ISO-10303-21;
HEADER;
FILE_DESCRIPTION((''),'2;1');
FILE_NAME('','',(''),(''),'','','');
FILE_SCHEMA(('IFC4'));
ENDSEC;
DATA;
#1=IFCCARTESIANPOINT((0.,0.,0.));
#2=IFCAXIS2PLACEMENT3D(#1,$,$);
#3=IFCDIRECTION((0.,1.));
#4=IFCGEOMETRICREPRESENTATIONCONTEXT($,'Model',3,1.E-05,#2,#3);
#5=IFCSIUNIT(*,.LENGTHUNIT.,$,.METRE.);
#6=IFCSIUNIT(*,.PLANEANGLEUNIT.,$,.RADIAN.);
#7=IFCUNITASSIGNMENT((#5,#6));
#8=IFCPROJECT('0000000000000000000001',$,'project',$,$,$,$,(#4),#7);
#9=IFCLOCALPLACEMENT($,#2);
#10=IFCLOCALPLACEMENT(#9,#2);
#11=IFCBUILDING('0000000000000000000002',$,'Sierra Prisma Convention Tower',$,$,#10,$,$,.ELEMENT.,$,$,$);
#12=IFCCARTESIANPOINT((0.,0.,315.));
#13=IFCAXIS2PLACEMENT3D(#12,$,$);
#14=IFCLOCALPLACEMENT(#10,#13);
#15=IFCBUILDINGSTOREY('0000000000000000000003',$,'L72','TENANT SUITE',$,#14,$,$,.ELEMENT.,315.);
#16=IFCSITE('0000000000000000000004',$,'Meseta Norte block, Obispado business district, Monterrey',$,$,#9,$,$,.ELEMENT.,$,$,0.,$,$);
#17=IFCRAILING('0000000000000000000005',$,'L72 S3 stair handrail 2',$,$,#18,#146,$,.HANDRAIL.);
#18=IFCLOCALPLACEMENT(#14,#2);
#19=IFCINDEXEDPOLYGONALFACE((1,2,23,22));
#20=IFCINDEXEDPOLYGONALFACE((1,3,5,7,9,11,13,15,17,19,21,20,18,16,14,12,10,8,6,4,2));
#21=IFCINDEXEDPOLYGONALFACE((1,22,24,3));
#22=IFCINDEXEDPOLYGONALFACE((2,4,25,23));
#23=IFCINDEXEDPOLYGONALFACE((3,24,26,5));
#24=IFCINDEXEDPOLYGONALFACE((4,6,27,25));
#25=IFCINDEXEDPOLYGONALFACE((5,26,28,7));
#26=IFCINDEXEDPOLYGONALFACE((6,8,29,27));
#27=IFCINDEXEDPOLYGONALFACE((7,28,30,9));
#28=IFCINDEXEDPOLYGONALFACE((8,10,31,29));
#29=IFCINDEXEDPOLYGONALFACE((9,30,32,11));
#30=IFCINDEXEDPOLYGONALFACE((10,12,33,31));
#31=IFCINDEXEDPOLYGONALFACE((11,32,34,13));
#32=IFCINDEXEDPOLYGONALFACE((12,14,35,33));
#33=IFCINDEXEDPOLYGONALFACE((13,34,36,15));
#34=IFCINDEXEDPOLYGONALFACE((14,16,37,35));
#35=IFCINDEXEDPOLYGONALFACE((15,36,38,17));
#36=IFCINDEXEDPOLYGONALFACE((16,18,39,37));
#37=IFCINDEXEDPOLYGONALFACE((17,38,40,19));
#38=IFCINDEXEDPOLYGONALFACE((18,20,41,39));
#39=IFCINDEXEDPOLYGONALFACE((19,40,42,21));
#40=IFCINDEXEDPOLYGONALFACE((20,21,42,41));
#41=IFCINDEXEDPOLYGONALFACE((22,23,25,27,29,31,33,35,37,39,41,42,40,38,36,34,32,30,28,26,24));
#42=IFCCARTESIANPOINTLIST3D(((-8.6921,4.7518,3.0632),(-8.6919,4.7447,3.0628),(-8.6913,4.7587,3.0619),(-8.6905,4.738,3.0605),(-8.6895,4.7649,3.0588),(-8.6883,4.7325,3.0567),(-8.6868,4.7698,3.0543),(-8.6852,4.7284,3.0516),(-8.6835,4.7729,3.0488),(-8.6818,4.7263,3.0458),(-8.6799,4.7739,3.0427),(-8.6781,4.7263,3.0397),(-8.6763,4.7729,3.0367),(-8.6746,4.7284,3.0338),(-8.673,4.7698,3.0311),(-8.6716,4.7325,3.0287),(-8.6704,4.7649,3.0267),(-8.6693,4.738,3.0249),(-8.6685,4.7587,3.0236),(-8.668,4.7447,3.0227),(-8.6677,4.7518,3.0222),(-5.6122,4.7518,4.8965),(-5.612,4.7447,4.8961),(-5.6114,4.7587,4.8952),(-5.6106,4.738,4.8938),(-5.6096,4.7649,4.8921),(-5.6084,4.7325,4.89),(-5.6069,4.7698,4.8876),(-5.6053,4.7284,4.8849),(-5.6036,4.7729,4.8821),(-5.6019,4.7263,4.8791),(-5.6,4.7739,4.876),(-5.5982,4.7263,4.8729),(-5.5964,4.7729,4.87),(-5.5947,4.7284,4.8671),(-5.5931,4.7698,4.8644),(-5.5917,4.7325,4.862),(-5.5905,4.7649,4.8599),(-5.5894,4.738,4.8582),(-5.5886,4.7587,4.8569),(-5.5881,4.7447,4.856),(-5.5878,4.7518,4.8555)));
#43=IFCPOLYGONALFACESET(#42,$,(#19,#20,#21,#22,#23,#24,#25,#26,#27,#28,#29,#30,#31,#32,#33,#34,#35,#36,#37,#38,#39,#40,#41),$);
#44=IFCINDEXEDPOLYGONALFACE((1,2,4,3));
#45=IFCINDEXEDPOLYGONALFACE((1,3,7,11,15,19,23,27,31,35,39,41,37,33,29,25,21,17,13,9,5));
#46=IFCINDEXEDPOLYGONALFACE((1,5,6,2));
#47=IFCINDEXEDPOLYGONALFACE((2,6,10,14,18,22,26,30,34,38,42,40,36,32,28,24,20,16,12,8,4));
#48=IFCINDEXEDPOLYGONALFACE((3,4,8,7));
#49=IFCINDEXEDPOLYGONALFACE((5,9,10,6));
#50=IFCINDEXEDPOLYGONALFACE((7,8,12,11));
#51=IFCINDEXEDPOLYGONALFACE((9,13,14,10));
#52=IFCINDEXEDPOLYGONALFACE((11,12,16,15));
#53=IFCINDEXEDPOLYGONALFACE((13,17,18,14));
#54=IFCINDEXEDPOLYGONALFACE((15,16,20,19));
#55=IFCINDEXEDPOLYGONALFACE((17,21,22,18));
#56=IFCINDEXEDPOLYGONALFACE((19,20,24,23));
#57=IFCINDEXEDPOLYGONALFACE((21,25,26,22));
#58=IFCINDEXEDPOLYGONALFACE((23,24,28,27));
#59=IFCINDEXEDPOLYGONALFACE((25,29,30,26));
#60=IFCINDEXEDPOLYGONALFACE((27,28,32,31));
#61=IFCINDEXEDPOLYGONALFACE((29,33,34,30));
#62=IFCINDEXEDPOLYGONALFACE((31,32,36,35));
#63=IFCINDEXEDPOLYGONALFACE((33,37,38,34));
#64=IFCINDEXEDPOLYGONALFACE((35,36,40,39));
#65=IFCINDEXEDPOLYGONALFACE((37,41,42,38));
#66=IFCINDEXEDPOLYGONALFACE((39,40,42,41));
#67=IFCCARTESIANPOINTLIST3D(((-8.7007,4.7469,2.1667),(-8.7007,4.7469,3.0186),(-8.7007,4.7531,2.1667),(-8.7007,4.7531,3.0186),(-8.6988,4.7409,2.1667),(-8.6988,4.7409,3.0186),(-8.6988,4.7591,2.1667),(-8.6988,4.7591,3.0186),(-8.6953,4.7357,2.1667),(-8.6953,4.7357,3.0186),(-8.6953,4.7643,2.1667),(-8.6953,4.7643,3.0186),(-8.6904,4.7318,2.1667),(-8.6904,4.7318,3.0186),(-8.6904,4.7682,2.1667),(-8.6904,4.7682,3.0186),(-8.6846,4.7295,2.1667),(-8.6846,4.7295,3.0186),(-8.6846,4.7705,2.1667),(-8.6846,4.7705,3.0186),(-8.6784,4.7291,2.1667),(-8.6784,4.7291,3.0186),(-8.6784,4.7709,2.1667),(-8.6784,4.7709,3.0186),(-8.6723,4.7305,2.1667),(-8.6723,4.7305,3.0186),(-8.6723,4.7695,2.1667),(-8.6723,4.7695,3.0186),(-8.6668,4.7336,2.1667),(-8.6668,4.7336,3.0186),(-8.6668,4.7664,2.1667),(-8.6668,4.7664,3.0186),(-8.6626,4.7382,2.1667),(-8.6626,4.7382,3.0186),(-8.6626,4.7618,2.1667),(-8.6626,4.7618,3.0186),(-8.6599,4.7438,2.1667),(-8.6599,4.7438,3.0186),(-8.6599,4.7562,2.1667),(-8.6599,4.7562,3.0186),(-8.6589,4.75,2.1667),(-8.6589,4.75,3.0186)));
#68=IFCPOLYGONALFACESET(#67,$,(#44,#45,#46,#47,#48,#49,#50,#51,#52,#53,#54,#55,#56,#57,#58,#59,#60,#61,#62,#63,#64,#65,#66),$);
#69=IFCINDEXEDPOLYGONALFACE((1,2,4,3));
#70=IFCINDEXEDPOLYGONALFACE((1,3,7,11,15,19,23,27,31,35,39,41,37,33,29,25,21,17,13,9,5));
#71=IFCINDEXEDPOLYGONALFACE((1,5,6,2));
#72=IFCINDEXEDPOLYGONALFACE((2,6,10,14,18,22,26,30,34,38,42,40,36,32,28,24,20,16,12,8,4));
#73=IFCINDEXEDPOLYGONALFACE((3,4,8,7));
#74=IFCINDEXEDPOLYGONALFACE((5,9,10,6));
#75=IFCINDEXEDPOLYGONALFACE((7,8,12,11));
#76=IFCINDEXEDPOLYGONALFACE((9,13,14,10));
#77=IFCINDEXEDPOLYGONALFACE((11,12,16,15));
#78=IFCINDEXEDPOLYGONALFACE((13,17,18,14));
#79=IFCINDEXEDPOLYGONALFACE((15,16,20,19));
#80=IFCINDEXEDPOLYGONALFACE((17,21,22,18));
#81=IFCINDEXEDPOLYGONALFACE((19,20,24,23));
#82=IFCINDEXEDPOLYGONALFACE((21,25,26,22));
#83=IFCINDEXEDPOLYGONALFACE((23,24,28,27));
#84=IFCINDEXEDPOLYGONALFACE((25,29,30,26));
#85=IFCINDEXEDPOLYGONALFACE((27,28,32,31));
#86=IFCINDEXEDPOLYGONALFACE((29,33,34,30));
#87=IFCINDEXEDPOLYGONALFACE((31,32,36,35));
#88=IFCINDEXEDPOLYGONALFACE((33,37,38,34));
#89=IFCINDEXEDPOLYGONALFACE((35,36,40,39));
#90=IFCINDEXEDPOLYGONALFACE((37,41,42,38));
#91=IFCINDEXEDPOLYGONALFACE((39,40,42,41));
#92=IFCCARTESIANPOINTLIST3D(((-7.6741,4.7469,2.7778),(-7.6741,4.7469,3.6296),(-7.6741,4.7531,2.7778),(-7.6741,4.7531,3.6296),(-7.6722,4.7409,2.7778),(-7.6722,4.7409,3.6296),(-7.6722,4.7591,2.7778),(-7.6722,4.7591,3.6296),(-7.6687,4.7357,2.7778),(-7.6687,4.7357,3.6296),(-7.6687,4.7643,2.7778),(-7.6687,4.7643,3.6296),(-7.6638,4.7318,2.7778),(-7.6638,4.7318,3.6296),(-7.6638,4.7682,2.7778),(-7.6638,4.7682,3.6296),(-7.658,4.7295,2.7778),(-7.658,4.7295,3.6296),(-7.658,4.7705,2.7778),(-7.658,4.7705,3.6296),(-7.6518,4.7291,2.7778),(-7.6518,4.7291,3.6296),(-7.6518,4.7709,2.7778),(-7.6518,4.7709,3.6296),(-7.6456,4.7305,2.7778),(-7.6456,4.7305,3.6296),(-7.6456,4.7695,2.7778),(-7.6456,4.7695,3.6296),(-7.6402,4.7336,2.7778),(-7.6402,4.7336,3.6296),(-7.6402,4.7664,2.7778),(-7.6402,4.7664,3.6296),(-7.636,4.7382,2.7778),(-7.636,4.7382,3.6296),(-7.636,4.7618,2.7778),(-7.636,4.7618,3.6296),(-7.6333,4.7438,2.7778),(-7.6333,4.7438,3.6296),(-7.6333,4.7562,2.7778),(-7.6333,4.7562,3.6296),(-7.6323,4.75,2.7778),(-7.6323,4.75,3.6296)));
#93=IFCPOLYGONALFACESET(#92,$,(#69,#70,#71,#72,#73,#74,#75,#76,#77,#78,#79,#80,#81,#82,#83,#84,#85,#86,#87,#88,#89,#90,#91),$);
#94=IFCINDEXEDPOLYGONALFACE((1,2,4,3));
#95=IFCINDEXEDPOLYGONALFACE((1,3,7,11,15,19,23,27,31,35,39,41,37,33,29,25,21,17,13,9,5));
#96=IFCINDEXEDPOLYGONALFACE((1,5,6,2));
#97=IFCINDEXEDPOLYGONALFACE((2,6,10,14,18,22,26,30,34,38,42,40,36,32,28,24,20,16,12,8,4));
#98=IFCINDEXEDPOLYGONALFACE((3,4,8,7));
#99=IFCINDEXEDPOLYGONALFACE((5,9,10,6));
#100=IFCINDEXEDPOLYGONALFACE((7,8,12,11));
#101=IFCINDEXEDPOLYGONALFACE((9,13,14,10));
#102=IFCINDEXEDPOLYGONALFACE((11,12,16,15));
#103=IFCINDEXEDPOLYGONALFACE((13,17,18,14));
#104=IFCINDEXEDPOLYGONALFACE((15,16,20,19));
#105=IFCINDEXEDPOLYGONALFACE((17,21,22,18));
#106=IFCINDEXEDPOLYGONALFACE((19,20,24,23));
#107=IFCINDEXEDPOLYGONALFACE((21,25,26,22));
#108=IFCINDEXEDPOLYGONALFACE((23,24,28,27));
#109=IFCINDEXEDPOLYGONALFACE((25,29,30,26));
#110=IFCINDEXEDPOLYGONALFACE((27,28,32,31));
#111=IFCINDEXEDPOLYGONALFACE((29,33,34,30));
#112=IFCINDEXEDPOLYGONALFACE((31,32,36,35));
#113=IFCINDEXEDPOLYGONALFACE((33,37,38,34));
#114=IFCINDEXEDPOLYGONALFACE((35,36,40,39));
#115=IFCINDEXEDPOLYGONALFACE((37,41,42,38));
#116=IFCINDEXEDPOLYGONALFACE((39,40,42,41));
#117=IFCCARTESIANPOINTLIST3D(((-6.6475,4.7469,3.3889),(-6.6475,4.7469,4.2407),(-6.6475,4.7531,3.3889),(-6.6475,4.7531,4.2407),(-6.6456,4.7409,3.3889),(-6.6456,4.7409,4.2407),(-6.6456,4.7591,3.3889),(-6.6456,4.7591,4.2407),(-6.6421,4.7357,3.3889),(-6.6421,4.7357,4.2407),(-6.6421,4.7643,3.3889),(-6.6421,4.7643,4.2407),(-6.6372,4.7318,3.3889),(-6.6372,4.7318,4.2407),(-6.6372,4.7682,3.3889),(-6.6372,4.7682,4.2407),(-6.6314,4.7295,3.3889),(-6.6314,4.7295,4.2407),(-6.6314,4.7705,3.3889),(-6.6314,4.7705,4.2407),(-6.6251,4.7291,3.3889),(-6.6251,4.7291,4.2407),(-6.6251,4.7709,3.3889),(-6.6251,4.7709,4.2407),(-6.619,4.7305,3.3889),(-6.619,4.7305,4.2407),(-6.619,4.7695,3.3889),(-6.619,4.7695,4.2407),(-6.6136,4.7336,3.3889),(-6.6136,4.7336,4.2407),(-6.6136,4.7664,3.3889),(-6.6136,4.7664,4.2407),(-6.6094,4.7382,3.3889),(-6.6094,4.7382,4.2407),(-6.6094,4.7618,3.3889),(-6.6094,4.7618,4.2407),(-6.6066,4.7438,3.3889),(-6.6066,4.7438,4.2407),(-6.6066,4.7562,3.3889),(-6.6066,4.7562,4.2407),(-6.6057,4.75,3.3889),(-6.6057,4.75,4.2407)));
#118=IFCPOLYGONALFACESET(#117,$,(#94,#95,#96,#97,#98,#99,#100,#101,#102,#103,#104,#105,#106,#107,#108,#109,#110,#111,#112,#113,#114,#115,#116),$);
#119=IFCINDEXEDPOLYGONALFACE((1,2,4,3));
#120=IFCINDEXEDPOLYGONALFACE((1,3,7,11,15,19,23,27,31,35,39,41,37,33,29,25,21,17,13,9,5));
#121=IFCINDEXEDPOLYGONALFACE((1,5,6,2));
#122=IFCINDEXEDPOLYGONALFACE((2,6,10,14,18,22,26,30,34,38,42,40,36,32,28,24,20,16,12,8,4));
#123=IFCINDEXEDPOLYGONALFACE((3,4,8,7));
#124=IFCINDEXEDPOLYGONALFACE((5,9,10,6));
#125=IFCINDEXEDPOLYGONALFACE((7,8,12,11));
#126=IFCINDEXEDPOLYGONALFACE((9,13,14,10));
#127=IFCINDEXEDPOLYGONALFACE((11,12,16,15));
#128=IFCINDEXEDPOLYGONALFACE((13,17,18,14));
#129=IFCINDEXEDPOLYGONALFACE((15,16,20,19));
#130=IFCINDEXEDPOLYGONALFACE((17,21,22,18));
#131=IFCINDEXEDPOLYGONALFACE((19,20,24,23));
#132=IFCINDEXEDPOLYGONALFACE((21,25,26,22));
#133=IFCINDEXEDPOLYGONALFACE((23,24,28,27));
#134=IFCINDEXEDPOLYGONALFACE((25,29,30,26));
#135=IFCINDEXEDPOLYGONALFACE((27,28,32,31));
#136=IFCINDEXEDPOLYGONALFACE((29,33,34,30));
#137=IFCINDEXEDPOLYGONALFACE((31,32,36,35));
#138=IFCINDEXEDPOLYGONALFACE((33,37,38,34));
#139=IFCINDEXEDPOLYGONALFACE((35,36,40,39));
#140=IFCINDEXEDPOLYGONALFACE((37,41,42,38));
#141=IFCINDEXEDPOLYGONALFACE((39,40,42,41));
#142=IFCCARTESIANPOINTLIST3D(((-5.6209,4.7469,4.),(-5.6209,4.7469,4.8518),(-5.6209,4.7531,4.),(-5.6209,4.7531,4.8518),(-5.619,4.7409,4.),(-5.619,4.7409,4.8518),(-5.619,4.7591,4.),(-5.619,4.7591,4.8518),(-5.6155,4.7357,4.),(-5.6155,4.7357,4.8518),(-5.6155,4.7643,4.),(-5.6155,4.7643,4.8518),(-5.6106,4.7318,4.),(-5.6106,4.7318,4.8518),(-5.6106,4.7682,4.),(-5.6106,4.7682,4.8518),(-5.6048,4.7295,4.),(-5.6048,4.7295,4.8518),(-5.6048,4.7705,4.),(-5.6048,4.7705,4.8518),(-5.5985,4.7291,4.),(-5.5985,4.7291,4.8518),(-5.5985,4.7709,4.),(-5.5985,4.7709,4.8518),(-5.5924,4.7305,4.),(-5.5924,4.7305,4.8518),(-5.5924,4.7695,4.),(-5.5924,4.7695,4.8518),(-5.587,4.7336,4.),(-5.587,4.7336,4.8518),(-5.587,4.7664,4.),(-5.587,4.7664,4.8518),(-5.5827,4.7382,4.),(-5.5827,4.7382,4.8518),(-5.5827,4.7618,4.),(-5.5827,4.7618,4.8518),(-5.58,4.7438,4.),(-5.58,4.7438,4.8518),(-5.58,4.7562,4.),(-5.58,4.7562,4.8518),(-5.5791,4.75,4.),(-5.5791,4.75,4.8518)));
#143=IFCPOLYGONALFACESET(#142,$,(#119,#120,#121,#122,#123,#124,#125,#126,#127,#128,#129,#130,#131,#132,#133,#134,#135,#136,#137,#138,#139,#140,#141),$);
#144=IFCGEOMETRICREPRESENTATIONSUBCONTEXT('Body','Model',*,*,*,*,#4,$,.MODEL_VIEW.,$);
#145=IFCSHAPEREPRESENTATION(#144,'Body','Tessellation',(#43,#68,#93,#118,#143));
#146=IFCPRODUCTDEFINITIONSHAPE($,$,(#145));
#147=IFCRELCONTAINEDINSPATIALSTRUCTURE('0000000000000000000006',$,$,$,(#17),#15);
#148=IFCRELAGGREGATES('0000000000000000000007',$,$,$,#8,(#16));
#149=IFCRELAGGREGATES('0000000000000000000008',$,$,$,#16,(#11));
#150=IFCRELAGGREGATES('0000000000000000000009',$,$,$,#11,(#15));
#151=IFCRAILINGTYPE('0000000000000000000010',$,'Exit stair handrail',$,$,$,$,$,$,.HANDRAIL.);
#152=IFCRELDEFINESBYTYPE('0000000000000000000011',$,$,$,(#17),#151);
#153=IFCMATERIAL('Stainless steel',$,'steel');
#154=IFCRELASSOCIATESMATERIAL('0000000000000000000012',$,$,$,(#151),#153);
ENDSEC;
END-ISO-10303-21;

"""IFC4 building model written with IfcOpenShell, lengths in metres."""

from ifc_helpers import new_model, si_unit, direction, frame, origin, origin_2d, place, context, subcontext, project, spatial, circle, extrude, material, type_object, element, save


model = new_model("IFC4")

# Units and contexts
model_context = context("Model", 3, precision=1e-05, world=origin(), true_north=direction((0.0, 1.0)))
body_context = subcontext(model_context, "Body", "Model", "MODEL_VIEW")
ifc_project = project(units=[si_unit("LENGTHUNIT", "METRE"), si_unit("PLANEANGLEUNIT", "RADIAN")], contexts=[model_context])

# Site, building, storey
site_placement = place(None, origin())
site = spatial("IfcSite", under=ifc_project, at=site_placement, Name="Meseta Norte block, Obispado business district, Monterrey", CompositionType="ELEMENT", RefElevation=0.0)
building_placement = place(site_placement, origin())
building = spatial("IfcBuilding", under=site, at=building_placement, Name="Sierra Prisma Convention Tower", CompositionType="ELEMENT")
storey_placement = place(building_placement, frame((0.0, 0.0, 315.0)))
storey = spatial("IfcBuildingStorey", under=building, at=storey_placement, Name="L72", Description="TENANT SUITE", CompositionType="ELEMENT", Elevation=315.0)

# Railing
ifc_material_1 = material(Name="Stainless steel", Category="steel")
railing_type_1 = type_object("IfcRailingType", Name="Exit stair handrail", PredefinedType="HANDRAIL", material=ifc_material_1)
railing_1_placement = place(storey_placement, frame((-8.6799, 4.75, 2.1667)))
element("IfcRailing", 1, at=railing_1_placement, inside=storey, type_object=railing_type_1, Name="L72 S3 stair handrail 2", PredefinedType="HANDRAIL", context=body_context, shape_type="SweptSolid", body=[
    extrude(circle(Radius=0.0239, at=origin_2d()), frame((0.0, 0.0, 0.876), z_axis=(0.859291, 0.0, 0.511487), x_axis=(0.0, 1.0, 0.0)), (0.0, 0.0, 1.0), 3.5842),
    extrude(circle(Radius=0.021, at=origin_2d()), origin(), (0.0, 0.0, 1.0), 0.8518),
    extrude(circle(Radius=0.021, at=origin_2d()), frame((1.0266, 0.0, 0.6111)), (0.0, 0.0, 1.0), 0.8518),
    extrude(circle(Radius=0.021, at=origin_2d()), frame((2.0532, 0.0, 1.2222)), (0.0, 0.0, 1.0), 0.8518),
    extrude(circle(Radius=0.021, at=origin_2d()), frame((3.0798, 0.0, 1.8333)), (0.0, 0.0, 1.0), 0.8518),
])

save(model, "model.ifc")
